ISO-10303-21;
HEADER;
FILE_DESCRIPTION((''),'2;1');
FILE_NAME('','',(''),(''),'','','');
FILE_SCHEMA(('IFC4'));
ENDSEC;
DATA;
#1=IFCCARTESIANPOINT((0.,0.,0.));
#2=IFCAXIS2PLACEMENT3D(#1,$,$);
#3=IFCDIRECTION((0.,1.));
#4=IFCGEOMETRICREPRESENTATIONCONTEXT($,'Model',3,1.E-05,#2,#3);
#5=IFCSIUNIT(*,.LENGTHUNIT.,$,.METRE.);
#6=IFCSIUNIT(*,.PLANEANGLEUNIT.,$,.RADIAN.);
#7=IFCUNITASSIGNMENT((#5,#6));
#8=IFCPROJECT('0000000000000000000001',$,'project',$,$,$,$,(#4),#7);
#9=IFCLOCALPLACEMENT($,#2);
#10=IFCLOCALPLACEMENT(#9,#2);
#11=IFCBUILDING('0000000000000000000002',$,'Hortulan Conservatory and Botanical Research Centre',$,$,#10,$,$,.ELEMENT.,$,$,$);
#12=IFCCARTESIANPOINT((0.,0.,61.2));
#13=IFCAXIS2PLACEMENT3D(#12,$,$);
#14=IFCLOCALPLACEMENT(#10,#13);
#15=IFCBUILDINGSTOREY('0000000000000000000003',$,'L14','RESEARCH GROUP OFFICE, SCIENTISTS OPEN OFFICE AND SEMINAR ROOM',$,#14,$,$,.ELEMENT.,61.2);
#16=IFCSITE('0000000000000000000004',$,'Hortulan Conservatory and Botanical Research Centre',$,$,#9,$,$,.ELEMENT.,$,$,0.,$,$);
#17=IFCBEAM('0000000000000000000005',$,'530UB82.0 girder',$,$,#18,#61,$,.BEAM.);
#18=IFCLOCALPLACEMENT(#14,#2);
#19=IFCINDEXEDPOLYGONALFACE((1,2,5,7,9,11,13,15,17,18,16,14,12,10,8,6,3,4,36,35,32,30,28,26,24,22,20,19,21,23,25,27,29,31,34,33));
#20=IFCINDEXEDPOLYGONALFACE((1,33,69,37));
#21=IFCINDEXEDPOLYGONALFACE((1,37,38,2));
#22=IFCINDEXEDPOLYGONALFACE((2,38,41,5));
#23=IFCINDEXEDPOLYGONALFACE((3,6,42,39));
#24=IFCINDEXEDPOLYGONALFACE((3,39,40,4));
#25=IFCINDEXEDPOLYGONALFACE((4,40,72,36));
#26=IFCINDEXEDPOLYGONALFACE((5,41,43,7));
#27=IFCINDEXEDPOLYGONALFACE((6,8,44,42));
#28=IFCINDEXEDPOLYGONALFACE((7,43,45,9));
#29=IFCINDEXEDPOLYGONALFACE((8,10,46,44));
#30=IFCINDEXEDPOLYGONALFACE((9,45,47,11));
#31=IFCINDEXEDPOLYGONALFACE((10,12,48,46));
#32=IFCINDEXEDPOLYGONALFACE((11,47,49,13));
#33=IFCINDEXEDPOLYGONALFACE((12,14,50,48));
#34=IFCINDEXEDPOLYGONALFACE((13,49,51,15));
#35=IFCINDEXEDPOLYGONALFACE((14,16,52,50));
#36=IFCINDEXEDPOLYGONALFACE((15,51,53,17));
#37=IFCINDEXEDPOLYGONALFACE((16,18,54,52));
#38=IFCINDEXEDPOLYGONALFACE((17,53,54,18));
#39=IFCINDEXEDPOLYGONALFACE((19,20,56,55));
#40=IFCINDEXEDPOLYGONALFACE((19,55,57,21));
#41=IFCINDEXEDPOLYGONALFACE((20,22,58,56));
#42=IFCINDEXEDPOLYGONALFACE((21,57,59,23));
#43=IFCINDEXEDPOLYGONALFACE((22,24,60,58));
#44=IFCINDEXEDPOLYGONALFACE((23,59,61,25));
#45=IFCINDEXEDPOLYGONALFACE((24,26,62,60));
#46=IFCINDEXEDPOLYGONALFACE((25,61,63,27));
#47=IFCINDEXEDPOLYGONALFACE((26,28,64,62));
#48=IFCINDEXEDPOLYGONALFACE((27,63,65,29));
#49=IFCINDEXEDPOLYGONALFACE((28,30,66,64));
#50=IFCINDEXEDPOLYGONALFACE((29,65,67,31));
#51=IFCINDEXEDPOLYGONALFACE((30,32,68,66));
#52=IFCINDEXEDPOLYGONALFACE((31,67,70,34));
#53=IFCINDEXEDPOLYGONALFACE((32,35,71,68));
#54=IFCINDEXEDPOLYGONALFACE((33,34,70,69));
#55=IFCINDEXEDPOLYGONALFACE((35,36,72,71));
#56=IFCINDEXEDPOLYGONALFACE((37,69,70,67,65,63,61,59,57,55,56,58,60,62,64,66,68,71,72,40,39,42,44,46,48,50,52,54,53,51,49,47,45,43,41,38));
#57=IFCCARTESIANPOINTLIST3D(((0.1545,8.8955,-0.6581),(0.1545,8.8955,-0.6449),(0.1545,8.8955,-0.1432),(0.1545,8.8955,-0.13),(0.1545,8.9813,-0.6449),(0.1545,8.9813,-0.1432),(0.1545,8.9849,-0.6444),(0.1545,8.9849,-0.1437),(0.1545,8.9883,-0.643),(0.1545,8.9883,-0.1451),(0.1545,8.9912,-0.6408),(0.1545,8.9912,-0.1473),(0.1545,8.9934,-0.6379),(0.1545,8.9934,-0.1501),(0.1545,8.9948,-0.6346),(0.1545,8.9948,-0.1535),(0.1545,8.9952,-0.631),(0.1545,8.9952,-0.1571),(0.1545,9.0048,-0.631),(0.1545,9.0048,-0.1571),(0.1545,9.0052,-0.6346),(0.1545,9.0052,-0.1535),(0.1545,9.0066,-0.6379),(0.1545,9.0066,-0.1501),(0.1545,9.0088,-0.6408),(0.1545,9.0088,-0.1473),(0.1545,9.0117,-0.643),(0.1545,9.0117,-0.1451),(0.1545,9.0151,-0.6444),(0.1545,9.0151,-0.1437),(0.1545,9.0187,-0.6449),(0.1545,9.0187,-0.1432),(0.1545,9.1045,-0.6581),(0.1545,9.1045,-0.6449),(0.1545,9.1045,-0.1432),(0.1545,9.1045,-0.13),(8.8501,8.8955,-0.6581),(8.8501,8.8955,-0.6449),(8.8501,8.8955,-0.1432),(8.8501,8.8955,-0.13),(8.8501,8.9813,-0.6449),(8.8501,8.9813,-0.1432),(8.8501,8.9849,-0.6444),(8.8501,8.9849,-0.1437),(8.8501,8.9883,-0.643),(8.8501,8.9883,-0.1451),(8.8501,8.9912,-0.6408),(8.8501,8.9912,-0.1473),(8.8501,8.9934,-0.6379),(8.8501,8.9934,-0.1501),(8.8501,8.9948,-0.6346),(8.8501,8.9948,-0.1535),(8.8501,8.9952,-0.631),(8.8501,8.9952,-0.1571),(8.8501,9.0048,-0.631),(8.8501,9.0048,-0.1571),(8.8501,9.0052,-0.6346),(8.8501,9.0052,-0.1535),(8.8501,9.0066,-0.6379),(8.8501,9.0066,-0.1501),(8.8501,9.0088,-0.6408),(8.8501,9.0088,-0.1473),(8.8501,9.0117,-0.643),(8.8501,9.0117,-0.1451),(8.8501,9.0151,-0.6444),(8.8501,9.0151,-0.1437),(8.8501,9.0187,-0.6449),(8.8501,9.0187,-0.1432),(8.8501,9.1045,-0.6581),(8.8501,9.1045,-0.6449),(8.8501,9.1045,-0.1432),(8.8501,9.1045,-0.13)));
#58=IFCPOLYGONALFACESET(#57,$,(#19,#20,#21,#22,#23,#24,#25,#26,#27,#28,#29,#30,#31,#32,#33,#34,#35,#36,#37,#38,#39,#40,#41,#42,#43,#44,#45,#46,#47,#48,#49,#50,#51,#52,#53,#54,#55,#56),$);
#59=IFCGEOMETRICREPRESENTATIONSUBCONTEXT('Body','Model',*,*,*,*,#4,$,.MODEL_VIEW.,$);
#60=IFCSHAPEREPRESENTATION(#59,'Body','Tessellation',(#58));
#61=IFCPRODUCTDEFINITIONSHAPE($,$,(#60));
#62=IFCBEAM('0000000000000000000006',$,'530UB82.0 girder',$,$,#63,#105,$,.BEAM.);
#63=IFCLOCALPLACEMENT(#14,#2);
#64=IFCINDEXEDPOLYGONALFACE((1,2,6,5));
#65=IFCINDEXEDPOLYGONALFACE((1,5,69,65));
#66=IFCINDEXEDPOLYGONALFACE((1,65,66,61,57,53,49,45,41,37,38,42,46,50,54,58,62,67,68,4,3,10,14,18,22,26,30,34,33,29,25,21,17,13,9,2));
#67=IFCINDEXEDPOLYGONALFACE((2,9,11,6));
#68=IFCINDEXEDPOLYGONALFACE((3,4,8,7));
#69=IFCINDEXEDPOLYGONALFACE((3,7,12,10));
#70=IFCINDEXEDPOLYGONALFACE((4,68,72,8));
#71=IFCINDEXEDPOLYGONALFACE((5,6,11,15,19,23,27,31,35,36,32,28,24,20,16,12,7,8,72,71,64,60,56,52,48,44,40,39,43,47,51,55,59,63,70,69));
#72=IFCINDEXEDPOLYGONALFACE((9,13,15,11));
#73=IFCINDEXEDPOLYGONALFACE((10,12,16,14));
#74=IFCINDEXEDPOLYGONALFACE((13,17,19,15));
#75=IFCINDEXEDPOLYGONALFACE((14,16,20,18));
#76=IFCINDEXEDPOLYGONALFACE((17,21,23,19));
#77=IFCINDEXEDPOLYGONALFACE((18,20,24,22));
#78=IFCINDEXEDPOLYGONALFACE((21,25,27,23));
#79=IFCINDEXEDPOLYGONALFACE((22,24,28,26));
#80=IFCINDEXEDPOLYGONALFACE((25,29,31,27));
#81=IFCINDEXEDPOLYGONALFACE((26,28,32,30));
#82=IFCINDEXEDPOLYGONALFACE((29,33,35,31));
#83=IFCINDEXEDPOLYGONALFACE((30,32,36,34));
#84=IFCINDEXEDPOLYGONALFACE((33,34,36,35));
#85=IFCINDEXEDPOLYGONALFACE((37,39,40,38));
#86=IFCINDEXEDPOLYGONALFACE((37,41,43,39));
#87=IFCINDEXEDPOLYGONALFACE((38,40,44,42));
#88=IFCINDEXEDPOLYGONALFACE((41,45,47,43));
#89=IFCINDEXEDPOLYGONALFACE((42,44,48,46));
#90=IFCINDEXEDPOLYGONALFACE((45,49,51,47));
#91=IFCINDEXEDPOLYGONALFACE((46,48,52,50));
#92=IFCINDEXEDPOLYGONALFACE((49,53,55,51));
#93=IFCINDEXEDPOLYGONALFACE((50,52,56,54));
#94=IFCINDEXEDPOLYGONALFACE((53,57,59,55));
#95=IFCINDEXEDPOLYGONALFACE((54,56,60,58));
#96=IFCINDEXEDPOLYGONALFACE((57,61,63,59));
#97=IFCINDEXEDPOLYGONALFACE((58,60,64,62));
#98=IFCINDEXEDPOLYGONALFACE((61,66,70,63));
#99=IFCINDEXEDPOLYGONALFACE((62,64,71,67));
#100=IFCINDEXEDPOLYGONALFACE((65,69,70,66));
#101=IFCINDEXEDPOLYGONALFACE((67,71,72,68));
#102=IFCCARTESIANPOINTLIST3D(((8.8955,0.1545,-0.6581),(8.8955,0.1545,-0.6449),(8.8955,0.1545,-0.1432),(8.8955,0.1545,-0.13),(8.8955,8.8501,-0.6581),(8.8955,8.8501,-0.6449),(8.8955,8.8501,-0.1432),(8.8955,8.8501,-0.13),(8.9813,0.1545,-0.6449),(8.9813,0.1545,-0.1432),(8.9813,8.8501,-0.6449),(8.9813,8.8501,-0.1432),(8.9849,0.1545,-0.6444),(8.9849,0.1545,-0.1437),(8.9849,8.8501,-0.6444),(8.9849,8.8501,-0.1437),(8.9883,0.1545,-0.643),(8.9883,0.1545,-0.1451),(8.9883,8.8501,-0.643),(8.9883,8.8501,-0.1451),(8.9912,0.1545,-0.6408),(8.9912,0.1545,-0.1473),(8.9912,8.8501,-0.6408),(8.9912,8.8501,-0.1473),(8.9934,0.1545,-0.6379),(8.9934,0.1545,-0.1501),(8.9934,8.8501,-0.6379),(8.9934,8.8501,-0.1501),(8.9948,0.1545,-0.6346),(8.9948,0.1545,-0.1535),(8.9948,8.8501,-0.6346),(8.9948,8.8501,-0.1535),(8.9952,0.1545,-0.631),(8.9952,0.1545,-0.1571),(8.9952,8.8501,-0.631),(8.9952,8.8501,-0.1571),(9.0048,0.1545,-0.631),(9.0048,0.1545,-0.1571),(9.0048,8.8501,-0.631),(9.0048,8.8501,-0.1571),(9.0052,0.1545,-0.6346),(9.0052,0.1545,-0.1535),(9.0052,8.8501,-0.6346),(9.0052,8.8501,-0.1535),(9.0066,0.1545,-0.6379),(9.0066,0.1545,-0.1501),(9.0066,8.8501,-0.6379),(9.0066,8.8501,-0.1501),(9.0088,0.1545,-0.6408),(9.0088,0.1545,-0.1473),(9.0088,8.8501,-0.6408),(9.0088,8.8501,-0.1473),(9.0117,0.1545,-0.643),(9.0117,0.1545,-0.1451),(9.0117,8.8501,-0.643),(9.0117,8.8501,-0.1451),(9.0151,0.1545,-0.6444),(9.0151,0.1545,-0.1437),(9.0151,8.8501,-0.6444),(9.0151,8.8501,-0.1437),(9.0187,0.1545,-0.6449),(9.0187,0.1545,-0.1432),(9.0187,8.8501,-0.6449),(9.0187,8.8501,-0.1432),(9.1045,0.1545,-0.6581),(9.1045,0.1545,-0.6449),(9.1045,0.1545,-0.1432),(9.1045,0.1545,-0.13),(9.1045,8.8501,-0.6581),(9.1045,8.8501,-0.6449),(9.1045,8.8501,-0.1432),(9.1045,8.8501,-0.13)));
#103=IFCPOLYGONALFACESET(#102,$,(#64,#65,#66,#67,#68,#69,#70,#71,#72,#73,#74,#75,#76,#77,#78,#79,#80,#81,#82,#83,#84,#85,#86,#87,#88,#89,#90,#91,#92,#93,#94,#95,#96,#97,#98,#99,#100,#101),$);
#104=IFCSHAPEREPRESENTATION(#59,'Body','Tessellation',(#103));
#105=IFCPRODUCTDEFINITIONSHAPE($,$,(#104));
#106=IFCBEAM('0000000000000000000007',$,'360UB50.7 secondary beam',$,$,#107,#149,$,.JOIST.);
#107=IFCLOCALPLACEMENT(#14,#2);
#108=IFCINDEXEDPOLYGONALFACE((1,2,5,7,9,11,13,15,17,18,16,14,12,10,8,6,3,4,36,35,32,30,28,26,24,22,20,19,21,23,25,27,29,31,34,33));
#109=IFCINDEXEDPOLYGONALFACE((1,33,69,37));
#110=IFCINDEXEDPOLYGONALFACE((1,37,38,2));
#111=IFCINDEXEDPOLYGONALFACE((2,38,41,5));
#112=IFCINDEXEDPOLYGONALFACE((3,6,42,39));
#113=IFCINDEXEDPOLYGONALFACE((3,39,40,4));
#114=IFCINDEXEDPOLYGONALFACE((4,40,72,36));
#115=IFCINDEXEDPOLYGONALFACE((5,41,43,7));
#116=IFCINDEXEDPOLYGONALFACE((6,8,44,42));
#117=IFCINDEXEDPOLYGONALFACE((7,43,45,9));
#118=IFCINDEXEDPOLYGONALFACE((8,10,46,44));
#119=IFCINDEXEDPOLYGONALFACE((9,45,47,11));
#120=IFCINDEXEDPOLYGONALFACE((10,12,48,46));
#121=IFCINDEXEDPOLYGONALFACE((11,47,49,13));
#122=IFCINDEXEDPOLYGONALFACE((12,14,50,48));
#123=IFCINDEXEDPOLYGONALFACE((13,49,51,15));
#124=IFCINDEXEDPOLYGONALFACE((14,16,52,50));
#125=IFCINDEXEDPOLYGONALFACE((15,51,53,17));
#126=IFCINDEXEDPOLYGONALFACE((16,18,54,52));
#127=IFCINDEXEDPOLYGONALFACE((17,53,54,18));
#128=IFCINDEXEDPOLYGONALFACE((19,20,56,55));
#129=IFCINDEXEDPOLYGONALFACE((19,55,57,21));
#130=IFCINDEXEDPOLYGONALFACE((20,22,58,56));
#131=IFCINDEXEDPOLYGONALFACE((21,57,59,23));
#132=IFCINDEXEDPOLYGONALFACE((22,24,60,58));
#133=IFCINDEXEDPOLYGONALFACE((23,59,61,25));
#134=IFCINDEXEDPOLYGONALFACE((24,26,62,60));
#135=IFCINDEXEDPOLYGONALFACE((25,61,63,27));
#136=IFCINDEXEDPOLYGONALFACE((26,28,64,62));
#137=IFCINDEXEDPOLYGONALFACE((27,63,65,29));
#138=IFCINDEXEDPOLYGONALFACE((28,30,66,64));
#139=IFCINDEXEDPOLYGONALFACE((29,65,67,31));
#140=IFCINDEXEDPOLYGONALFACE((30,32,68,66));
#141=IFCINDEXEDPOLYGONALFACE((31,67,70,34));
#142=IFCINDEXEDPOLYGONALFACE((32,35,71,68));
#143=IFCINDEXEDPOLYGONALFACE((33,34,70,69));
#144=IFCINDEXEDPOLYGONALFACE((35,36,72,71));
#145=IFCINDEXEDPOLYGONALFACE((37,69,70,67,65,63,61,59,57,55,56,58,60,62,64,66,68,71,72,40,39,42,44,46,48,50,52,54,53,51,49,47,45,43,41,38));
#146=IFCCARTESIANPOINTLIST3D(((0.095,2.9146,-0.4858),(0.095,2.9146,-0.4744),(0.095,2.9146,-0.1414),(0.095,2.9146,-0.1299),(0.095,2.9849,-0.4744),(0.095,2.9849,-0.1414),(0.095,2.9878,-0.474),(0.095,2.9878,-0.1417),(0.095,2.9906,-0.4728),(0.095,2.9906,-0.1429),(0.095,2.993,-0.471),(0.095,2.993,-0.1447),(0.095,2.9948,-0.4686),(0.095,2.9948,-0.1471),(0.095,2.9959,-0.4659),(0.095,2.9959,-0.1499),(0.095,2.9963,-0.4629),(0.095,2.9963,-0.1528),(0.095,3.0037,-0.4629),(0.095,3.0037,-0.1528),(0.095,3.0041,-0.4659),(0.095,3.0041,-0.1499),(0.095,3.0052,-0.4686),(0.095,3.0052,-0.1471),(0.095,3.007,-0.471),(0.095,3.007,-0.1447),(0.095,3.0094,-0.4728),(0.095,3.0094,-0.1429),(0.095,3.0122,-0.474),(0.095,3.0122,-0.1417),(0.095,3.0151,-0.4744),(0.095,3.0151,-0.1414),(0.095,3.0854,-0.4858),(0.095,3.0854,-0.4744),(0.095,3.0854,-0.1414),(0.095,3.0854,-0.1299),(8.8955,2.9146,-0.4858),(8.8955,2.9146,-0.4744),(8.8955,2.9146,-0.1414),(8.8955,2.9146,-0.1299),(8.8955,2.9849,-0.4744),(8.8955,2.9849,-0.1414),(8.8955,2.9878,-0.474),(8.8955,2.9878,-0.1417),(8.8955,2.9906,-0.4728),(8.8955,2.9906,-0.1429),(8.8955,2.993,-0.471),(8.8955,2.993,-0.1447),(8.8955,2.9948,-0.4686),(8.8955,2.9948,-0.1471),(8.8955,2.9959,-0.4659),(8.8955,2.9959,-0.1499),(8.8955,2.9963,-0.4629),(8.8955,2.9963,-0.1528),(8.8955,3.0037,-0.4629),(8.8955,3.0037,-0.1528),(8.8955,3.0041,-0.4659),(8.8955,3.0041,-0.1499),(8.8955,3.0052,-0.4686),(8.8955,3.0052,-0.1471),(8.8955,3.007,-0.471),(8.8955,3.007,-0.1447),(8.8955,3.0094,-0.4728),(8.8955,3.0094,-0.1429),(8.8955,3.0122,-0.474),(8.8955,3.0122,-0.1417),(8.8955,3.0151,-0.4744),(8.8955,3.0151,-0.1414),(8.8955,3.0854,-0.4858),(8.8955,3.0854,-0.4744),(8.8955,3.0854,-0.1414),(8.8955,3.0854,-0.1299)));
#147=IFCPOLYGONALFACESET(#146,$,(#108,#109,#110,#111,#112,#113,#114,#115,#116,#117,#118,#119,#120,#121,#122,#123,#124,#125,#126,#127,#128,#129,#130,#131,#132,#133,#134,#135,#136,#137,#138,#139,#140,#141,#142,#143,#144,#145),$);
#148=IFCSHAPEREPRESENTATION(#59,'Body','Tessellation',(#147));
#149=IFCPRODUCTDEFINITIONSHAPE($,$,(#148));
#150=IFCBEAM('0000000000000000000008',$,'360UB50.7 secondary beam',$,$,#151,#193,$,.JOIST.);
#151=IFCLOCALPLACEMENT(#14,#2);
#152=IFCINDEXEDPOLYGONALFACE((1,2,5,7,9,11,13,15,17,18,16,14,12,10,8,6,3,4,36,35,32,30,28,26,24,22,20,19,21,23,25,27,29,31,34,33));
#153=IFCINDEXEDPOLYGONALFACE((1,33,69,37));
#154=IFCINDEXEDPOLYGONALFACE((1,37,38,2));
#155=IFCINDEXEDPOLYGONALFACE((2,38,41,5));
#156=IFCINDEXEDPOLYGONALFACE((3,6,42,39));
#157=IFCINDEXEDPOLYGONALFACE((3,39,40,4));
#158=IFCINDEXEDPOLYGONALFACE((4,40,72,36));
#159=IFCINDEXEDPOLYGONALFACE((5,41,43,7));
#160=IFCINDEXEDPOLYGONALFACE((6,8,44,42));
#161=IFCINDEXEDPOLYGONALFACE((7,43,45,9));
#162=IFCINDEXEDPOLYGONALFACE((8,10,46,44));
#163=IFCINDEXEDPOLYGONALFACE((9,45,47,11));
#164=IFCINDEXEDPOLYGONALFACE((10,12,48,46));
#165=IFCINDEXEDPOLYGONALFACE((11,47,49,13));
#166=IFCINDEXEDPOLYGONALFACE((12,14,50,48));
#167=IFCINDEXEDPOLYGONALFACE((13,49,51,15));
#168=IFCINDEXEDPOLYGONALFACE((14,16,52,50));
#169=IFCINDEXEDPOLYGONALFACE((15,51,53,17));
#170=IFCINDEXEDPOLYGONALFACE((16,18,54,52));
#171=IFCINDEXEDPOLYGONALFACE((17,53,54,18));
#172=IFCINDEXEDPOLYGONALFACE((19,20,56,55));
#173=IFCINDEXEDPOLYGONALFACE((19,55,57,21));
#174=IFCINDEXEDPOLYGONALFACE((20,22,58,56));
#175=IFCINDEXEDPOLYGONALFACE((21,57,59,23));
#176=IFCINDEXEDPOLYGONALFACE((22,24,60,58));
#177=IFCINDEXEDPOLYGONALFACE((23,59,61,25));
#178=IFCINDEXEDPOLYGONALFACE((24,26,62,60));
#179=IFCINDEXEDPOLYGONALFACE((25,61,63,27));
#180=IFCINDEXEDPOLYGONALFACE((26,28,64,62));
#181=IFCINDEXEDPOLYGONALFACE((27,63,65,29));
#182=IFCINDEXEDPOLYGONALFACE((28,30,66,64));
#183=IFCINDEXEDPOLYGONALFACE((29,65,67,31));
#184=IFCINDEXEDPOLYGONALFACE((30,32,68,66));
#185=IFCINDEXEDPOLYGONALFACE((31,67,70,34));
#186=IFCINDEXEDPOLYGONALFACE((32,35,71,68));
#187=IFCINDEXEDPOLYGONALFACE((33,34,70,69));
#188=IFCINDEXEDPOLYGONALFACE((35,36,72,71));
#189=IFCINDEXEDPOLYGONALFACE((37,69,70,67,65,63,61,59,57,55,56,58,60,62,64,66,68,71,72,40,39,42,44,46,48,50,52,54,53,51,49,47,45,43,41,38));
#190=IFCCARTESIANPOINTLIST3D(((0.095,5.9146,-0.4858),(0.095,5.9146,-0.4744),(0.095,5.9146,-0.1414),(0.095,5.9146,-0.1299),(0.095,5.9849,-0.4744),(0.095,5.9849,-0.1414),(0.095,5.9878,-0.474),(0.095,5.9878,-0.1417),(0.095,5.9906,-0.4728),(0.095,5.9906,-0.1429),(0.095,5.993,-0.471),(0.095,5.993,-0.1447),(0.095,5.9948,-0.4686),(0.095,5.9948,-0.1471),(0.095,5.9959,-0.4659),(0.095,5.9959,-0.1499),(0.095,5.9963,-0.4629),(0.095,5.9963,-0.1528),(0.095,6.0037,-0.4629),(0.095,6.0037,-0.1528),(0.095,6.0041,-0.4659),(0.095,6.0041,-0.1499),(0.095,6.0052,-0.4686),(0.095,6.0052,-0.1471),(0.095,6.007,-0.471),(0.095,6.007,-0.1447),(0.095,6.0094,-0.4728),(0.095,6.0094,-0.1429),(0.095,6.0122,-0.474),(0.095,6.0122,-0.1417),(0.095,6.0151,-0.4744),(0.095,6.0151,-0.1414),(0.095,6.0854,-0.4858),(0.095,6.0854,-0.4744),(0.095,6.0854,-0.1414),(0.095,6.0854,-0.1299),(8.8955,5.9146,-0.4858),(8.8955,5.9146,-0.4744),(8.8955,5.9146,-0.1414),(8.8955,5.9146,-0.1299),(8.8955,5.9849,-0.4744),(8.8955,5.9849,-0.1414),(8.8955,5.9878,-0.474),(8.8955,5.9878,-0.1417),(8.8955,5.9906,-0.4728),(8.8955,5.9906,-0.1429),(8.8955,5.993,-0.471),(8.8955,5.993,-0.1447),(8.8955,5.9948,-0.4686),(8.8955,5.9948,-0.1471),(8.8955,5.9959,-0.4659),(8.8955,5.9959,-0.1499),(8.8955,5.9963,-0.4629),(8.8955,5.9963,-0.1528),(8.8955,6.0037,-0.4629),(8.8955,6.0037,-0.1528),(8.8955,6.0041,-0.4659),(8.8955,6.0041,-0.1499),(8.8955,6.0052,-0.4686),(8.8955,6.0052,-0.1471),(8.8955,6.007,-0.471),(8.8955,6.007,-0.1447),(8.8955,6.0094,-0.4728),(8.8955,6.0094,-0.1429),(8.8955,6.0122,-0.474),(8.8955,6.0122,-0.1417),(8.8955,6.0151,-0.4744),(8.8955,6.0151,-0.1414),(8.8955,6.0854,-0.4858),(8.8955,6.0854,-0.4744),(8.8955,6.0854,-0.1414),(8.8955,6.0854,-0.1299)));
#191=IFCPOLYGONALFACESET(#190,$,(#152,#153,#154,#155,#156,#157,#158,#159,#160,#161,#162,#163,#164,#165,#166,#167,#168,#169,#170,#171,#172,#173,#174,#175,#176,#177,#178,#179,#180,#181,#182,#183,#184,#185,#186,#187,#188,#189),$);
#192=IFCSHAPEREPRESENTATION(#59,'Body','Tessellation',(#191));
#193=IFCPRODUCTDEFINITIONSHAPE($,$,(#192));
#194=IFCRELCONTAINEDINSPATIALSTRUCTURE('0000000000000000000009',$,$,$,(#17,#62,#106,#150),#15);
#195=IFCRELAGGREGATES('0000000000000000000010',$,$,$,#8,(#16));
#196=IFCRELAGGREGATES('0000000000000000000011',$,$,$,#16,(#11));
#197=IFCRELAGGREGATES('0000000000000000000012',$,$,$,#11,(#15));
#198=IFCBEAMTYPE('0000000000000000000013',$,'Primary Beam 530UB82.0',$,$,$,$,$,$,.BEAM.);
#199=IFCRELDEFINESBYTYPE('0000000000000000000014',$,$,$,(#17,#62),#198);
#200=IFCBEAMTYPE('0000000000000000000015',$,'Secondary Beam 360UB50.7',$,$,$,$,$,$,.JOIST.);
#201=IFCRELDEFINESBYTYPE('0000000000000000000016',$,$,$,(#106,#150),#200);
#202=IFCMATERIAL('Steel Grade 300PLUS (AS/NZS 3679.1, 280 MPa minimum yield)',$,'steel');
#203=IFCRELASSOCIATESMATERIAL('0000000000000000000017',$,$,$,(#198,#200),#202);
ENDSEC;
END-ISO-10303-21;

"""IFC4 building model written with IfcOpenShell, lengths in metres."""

from ifc_helpers import new_model, si_unit, direction, frame, origin, origin_2d, place, context, subcontext, project, spatial, i_section, extrude, material, material_profile, profile_set, type_object, element, save


model = new_model("IFC4")

# Units and contexts
model_context = context("Model", 3, precision=1e-05, world=origin(), true_north=direction((0.0, 1.0)))
body_context = subcontext(model_context, "Body", "Model", "MODEL_VIEW")
ifc_project = project(units=[si_unit("LENGTHUNIT", "METRE"), si_unit("PLANEANGLEUNIT", "RADIAN")], contexts=[model_context])

# Site, building, storey
site_placement = place(None, origin())
site = spatial("IfcSite", under=ifc_project, at=site_placement, Name="Hortulan Conservatory and Botanical Research Centre", CompositionType="ELEMENT", RefElevation=0.0)
building_placement = place(site_placement, origin())
building = spatial("IfcBuilding", under=site, at=building_placement, Name="Hortulan Conservatory and Botanical Research Centre", CompositionType="ELEMENT")
storey_placement = place(building_placement, frame((0.0, 0.0, 61.2)))
storey = spatial("IfcBuildingStorey", under=building, at=storey_placement, Name="L14", Description="RESEARCH GROUP OFFICE, SCIENTISTS OPEN OFFICE AND SEMINAR ROOM", CompositionType="ELEMENT", Elevation=61.2)

# Shared definitions
ifc_material_1 = material(Name="Steel Grade 300PLUS (AS/NZS 3679.1, 280 MPa minimum yield)", Category="steel")

# Beams
ifc_material_profile_1 = material_profile(ifc_material_1, i_section(OverallWidth=0.209, OverallDepth=0.5281, WebThickness=0.0095, FlangeThickness=0.0132, FilletRadius=0.0139, at=origin_2d()), Name="530UB82.0")
ifc_profile_set_1 = profile_set([ifc_material_profile_1], Name="Steel Grade 300PLUS (AS/NZS 3679.1, 280 MPa minimum yield)")
beam_type_1 = type_object("IfcBeamType", Name="Primary Beam 530UB82.0", PredefinedType="BEAM", material=ifc_profile_set_1)
for number, where, z_axis, x_axis, name in (
    (1, (0.1545, 9.0, -0.394), (1.0, 0.0, 0.0), (0.0, 1.0, 0.0), "530UB82.0 girder"),
    (2, (9.0, 0.1545, -0.394), (0.0, 1.0, 0.0), (-1.0, 0.0, 0.0), "530UB82.0 girder"),
):
    element("IfcBeam", number, at=place(storey_placement, frame(where, z_axis=z_axis, x_axis=x_axis)), inside=storey, type_object=beam_type_1, Name=name, PredefinedType="BEAM", context=body_context, shape_type="SweptSolid", body=[
        extrude(i_section(OverallWidth=0.209, OverallDepth=0.5281, WebThickness=0.0095, FlangeThickness=0.0132, FilletRadius=0.0139, at=origin_2d()), origin(), (0.0, 0.0, 1.0), 8.6956),
    ])
ifc_material_profile_2 = material_profile(ifc_material_1, i_section(OverallWidth=0.1709, OverallDepth=0.356, WebThickness=0.0073, FlangeThickness=0.0115, FilletRadius=0.0115, at=origin_2d()), Name="360UB50.7")
ifc_profile_set_2 = profile_set([ifc_material_profile_2], Name="Steel Grade 300PLUS (AS/NZS 3679.1, 280 MPa minimum yield)")
beam_type_2 = type_object("IfcBeamType", Name="Secondary Beam 360UB50.7", PredefinedType="JOIST", material=ifc_profile_set_2)
for number, where, z_axis, x_axis, name in (
    (3, (0.095, 3.0, -0.3079), (1.0, 0.0, 0.0), (0.0, 1.0, 0.0), "360UB50.7 secondary beam"),
    (4, (0.095, 6.0, -0.3079), (1.0, 0.0, 0.0), (0.0, 1.0, 0.0), "360UB50.7 secondary beam"),
):
    element("IfcBeam", number, at=place(storey_placement, frame(where, z_axis=z_axis, x_axis=x_axis)), inside=storey, type_object=beam_type_2, Name=name, PredefinedType="JOIST", context=body_context, shape_type="SweptSolid", body=[
        extrude(i_section(OverallWidth=0.1709, OverallDepth=0.356, WebThickness=0.0073, FlangeThickness=0.0115, FilletRadius=0.0115, at=origin_2d()), origin(), (0.0, 0.0, 1.0), 8.8005),
    ])

save(model, "model.ifc")
